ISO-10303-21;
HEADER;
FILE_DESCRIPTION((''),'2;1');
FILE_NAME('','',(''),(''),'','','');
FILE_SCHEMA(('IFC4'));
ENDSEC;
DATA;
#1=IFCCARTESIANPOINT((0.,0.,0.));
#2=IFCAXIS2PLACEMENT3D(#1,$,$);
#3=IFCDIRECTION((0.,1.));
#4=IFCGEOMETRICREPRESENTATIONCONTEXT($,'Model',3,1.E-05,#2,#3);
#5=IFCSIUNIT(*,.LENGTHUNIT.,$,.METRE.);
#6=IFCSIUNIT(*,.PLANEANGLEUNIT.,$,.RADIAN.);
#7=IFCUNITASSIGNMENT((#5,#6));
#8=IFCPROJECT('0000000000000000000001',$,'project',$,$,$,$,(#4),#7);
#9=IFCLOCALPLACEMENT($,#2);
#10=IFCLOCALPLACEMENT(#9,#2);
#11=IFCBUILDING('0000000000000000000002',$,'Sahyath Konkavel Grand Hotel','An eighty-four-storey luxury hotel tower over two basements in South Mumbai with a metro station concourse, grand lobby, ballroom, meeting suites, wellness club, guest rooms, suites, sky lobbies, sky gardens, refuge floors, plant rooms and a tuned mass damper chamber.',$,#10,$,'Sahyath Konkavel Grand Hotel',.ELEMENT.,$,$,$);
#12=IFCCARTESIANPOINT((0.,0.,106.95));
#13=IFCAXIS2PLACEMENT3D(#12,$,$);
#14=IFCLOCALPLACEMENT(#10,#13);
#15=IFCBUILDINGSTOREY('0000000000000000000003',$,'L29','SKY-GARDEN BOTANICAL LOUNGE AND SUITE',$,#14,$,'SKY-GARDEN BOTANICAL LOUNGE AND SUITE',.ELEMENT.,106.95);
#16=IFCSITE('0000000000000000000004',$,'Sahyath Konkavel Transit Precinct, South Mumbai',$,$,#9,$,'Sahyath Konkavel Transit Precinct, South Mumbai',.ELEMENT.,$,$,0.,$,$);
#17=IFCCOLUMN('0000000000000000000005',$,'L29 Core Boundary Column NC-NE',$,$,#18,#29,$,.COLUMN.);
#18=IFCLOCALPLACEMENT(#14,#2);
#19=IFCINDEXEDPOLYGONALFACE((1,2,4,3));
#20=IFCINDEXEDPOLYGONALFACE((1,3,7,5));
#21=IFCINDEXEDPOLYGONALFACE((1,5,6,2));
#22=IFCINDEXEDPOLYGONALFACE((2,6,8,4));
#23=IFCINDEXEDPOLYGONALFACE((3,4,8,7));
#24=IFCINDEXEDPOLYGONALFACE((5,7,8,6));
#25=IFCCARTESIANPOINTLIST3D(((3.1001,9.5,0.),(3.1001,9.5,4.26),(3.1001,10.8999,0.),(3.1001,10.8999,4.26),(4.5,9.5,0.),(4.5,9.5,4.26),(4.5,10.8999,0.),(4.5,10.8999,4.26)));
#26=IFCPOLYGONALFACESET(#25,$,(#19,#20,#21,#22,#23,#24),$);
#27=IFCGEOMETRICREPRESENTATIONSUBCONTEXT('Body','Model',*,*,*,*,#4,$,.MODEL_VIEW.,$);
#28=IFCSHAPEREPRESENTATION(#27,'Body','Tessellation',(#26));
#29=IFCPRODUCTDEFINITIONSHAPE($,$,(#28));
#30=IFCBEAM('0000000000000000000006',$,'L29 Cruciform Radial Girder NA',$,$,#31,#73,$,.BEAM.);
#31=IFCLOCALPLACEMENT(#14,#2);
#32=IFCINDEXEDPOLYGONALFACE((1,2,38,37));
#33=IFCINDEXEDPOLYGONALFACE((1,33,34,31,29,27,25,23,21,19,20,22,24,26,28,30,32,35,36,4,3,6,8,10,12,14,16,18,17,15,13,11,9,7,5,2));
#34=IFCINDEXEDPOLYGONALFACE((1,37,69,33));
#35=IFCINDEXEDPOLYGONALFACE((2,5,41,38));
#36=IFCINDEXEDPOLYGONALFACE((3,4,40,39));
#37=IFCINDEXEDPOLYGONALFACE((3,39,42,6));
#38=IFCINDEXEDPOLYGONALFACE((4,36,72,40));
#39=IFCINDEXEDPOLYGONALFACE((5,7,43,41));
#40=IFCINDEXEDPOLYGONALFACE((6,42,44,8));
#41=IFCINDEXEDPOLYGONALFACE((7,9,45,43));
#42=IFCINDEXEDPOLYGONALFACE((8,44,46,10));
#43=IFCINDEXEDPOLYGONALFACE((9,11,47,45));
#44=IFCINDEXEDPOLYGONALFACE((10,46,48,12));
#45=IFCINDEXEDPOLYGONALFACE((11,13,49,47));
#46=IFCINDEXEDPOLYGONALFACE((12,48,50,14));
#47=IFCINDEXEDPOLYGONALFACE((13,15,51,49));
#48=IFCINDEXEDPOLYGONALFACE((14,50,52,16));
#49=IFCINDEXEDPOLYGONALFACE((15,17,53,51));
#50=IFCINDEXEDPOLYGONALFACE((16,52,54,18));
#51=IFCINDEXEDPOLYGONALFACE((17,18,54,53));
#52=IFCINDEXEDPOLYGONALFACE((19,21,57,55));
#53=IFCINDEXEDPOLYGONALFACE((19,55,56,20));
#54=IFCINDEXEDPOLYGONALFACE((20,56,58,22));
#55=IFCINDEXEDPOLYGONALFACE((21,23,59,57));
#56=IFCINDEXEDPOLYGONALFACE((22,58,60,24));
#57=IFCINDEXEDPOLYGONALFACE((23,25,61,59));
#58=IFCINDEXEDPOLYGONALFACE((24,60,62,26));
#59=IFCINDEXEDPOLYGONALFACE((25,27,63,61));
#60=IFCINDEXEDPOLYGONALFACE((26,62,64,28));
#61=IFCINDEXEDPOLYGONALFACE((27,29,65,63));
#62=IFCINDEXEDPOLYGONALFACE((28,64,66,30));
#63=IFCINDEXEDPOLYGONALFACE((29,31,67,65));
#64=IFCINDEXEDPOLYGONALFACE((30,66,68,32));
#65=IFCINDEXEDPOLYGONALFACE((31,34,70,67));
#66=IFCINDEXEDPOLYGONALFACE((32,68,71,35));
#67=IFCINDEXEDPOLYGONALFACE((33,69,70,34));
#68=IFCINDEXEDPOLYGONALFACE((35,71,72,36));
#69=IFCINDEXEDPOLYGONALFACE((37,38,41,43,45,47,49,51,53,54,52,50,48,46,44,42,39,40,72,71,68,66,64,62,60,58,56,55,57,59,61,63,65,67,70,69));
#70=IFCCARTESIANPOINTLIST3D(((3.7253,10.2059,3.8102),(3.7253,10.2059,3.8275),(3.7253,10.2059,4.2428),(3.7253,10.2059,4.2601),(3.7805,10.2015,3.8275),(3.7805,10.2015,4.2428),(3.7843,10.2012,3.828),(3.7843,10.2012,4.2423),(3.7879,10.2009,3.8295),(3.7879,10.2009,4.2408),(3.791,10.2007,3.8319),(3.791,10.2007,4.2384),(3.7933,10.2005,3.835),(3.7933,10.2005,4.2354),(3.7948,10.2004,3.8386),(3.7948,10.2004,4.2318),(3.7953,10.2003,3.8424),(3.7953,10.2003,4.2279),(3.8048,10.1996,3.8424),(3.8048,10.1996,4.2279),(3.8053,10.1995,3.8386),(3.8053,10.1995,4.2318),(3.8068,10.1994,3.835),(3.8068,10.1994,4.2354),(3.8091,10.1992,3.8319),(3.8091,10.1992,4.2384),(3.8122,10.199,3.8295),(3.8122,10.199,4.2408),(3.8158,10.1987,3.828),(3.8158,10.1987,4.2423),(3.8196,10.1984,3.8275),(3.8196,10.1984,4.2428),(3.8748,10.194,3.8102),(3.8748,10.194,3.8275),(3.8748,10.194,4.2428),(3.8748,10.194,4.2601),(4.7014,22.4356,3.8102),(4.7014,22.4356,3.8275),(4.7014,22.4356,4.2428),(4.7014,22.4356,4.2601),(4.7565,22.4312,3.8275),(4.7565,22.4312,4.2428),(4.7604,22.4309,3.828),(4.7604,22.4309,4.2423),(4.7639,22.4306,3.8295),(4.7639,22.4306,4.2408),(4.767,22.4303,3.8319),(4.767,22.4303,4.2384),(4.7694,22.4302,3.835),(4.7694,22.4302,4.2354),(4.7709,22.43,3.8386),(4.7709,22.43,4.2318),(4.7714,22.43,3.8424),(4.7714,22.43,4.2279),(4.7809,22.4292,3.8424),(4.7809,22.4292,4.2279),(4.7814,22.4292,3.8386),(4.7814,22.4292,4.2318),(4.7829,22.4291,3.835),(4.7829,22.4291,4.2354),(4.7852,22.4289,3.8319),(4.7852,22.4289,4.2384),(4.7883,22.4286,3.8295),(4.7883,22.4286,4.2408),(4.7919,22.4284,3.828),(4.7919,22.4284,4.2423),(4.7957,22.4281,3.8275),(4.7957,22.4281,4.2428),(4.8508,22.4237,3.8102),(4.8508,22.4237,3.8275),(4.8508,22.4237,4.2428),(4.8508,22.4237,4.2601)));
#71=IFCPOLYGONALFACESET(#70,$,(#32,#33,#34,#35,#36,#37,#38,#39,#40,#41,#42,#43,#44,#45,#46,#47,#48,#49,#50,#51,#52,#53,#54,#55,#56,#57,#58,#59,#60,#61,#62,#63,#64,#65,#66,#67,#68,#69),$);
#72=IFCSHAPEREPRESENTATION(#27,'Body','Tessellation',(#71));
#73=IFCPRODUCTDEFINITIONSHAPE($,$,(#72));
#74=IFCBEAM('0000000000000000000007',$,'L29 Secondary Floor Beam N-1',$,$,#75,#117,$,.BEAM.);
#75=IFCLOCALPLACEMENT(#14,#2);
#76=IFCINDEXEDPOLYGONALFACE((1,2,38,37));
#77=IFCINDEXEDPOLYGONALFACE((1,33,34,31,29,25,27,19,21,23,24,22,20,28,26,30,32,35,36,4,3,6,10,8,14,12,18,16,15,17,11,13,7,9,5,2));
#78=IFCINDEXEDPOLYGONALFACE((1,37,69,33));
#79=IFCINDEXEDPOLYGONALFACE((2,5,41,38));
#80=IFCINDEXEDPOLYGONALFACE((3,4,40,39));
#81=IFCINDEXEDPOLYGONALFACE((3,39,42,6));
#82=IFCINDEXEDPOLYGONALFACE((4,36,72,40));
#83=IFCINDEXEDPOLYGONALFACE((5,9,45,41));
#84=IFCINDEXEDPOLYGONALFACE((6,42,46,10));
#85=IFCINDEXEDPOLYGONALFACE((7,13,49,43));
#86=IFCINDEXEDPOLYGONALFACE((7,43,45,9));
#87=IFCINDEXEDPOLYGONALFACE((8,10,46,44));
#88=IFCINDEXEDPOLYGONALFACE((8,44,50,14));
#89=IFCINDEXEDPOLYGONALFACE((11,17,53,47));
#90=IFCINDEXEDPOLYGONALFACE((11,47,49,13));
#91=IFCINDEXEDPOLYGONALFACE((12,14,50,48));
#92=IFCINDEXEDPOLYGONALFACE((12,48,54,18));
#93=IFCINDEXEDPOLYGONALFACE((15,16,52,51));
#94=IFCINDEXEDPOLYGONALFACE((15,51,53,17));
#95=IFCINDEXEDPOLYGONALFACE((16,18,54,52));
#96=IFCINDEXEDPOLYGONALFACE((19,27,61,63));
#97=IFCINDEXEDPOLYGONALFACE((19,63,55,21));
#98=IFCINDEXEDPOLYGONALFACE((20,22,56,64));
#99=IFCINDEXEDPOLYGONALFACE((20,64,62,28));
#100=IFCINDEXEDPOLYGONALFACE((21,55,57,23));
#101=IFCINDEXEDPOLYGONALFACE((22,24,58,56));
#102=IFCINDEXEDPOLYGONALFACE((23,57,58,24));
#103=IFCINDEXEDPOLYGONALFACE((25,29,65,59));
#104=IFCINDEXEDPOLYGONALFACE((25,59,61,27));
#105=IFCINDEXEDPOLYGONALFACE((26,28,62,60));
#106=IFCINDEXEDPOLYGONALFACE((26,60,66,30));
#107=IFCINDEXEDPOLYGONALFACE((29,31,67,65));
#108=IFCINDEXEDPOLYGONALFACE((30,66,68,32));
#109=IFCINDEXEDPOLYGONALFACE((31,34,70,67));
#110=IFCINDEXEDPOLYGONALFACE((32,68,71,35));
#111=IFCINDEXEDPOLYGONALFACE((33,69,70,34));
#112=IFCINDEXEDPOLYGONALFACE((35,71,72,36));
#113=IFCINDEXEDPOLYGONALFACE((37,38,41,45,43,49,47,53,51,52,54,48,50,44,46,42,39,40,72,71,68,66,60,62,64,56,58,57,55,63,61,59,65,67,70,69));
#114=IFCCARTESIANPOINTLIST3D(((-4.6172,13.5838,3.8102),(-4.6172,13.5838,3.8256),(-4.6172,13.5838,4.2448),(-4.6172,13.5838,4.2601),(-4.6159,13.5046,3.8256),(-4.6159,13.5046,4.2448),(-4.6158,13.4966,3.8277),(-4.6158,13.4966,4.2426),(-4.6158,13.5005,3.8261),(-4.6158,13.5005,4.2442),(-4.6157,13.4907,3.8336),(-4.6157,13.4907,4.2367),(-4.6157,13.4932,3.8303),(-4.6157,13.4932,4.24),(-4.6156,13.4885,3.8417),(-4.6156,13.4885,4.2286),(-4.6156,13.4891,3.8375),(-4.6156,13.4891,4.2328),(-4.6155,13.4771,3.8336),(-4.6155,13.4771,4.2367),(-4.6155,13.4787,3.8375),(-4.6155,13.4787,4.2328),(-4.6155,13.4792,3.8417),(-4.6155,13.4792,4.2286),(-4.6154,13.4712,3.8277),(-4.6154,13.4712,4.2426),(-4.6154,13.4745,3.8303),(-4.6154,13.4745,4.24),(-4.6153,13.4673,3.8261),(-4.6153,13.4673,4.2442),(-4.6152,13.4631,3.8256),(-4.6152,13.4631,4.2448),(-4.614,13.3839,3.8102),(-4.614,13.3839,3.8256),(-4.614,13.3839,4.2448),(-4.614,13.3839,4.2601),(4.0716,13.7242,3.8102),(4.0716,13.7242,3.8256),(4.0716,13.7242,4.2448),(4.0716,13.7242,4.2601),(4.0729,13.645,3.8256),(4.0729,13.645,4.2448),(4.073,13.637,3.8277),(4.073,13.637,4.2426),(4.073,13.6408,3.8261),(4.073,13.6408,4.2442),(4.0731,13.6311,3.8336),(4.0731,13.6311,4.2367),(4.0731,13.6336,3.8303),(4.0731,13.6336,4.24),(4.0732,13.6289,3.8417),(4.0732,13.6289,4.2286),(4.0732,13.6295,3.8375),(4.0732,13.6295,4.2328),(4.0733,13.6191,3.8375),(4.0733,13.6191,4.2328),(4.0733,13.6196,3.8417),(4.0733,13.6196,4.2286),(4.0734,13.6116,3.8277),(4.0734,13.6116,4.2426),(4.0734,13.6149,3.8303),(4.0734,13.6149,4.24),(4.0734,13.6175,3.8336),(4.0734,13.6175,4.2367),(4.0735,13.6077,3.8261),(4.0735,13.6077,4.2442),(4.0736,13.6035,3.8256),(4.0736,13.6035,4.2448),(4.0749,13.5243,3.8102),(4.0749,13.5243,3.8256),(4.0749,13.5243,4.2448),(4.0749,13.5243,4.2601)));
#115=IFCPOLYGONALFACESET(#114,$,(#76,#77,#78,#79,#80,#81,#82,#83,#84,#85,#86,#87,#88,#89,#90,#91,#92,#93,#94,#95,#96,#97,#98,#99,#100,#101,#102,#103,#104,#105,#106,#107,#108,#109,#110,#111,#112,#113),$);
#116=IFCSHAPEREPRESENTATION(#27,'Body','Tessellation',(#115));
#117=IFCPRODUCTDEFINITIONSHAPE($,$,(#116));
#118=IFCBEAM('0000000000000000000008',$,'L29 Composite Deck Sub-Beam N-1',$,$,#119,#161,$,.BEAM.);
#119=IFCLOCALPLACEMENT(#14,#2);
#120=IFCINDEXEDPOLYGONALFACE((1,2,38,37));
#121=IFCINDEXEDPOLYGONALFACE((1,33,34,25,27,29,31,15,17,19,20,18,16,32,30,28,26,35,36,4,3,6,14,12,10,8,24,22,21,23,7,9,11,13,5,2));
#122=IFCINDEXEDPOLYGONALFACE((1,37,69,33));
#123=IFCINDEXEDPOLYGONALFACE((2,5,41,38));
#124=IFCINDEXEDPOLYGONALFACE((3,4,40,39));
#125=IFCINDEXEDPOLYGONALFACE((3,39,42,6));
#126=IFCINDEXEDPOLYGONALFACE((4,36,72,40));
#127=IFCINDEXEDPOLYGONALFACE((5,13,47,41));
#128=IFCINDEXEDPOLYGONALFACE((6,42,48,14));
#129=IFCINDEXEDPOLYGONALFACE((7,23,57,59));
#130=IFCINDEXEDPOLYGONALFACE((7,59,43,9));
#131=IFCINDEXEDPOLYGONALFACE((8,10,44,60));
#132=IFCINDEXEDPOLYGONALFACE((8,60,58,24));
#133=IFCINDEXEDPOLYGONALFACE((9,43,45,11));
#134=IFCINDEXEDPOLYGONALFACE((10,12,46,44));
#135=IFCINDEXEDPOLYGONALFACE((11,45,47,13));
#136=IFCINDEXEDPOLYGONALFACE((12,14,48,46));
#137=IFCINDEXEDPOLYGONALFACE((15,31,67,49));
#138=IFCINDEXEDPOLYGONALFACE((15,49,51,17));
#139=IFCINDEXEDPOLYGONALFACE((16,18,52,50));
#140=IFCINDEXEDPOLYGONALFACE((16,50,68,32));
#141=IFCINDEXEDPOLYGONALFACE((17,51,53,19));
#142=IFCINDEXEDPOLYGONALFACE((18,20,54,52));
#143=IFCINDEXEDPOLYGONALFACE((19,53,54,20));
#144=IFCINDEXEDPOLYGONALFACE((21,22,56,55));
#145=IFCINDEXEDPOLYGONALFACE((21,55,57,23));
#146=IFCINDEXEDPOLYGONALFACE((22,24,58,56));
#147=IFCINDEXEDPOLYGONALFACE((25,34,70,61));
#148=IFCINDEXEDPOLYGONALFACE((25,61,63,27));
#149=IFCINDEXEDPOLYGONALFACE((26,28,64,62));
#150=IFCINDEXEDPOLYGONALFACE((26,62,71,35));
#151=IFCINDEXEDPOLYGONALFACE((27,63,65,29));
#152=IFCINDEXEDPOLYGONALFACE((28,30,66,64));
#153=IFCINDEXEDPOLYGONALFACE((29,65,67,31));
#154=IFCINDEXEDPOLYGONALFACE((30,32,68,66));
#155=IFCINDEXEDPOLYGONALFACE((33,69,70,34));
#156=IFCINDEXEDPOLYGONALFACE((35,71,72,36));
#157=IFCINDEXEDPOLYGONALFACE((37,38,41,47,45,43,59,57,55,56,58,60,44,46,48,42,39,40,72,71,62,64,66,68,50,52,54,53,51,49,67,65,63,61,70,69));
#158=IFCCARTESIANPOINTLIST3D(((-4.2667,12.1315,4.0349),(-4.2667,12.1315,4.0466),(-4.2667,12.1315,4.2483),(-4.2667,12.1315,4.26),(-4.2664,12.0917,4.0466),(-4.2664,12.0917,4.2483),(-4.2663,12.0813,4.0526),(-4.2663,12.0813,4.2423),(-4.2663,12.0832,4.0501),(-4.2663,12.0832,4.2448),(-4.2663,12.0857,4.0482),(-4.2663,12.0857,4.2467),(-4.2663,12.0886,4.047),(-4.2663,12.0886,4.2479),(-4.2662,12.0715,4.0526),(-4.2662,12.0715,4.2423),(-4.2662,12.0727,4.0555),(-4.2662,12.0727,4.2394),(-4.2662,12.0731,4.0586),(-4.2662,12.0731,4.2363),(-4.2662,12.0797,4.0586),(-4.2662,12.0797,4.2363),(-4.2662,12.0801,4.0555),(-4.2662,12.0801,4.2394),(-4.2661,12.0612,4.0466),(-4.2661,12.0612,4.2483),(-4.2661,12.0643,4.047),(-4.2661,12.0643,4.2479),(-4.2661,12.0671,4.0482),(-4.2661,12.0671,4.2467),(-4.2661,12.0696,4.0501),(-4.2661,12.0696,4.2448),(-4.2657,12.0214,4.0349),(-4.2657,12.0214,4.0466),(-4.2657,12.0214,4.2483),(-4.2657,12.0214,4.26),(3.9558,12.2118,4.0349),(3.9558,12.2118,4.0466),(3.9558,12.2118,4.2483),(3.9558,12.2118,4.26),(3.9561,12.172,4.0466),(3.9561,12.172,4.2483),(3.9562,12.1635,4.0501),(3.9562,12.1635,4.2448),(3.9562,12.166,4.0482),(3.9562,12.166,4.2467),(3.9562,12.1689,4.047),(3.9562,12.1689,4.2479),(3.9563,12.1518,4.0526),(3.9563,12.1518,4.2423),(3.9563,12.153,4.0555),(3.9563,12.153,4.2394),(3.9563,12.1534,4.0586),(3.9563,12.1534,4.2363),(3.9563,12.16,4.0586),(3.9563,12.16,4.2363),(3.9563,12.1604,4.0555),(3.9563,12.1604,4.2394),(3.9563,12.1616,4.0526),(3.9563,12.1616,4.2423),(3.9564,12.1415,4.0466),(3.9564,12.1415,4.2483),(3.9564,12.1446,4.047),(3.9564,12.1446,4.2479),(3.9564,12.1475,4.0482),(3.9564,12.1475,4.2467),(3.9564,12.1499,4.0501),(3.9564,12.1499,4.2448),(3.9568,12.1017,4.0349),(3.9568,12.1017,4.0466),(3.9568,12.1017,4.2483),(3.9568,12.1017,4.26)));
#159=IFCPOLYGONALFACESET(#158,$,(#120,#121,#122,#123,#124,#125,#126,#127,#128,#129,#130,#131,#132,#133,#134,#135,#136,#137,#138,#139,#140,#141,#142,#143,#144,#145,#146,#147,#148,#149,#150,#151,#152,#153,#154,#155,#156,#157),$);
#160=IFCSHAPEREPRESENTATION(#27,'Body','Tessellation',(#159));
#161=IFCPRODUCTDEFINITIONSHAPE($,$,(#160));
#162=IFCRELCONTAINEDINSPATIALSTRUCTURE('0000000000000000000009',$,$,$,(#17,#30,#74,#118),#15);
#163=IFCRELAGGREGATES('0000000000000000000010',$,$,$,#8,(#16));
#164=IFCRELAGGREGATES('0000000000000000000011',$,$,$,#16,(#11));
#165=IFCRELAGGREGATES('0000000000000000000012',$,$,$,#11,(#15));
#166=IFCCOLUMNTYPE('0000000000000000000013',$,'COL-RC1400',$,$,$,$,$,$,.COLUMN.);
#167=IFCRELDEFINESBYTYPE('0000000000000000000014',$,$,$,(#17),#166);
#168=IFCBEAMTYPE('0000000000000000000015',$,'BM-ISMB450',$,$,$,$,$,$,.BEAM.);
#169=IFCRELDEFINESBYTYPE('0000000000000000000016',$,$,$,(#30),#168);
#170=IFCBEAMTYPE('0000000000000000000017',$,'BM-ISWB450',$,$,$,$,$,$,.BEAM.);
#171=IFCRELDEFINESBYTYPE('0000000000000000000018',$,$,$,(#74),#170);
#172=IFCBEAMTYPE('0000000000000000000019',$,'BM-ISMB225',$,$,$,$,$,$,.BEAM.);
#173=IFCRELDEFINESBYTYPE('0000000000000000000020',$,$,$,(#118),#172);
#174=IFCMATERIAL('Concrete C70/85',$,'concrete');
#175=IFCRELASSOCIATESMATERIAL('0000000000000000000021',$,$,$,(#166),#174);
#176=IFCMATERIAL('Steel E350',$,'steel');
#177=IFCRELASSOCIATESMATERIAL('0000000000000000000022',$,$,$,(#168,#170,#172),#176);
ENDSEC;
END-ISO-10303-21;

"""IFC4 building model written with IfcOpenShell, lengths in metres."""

from ifc_helpers import new_model, si_unit, direction, frame, origin, origin_2d, place, context, subcontext, project, spatial, rectangle, i_section, extrude, source, transform, mapped, material, material_profile, profile_set, type_object, element, save


model = new_model("IFC4")

# Units and contexts
model_context = context("Model", 3, precision=1e-05, world=origin(), true_north=direction((0.0, 1.0)))
body_context = subcontext(model_context, "Body", "Model", "MODEL_VIEW")
ifc_project = project(units=[si_unit("LENGTHUNIT", "METRE"), si_unit("PLANEANGLEUNIT", "RADIAN")], contexts=[model_context])

# Site, building, storey
site_placement = place(None, origin())
site = spatial("IfcSite", under=ifc_project, at=site_placement, Name="Sahyath Konkavel Transit Precinct, South Mumbai", LongName="Sahyath Konkavel Transit Precinct, South Mumbai", CompositionType="ELEMENT", RefElevation=0.0)
building_placement = place(site_placement, origin())
building = spatial("IfcBuilding", under=site, at=building_placement, Name="Sahyath Konkavel Grand Hotel", Description="An eighty-four-storey luxury hotel tower over two basements in South Mumbai with a metro station concourse, grand lobby, ballroom, meeting suites, wellness club, guest rooms, suites, sky lobbies, sky gardens, refuge floors, plant rooms and a tuned mass damper chamber.", LongName="Sahyath Konkavel Grand Hotel", CompositionType="ELEMENT")
storey_placement = place(building_placement, frame((0.0, 0.0, 106.95)))
storey = spatial("IfcBuildingStorey", under=building, at=storey_placement, Name="L29", Description="SKY-GARDEN BOTANICAL LOUNGE AND SUITE", LongName="SKY-GARDEN BOTANICAL LOUNGE AND SUITE", CompositionType="ELEMENT", Elevation=106.95)

# Column
ifc_material_1 = material(Name="Concrete C70/85", Category="concrete")
ifc_material_profile_1 = material_profile(ifc_material_1, rectangle(XDim=1.3999, YDim=1.3999, at=origin_2d()), Name="RC 1400x1400")
ifc_profile_set_1 = profile_set([ifc_material_profile_1], Name="Concrete C70/85")
column_type = type_object("IfcColumnType", Name="COL-RC1400", PredefinedType="COLUMN", material=ifc_profile_set_1)
shared_shape_1 = source(origin(), body_context, "Body", "SweptSolid", [
    extrude(rectangle(XDim=1.3999, YDim=1.3999, at=origin_2d()), origin(), (0.0, 0.0, 1.0), 4.26),
])
column_placement = place(storey_placement, frame((3.8, 10.2, 0.0), z_axis=(0.0, 0.0, 1.0), x_axis=(1.0, 0.0, 0.0)))
element("IfcColumn", 1, at=column_placement, inside=storey, type_object=column_type, Name="L29 Core Boundary Column NC-NE", PredefinedType="COLUMN", context=body_context, shape_type="MappedRepresentation", body=[
    mapped(shared_shape_1, transform((0.0, 0.0, 0.0), scale=1.0)),
])

# Beams
ifc_material_2 = material(Name="Steel E350", Category="steel")
ifc_material_profile_2 = material_profile(ifc_material_2, i_section(OverallWidth=0.1499, OverallDepth=0.45, WebThickness=0.0095, FlangeThickness=0.0173, FilletRadius=0.0149, at=origin_2d()), Name="ISMB 450")
ifc_profile_set_2 = profile_set([ifc_material_profile_2], Name="Steel E350")
beam_type_1 = type_object("IfcBeamType", Name="BM-ISMB450", PredefinedType="BEAM", material=ifc_profile_set_2)
shared_shape_2 = source(origin(), body_context, "Body", "SweptSolid", [
    extrude(i_section(OverallWidth=0.1499, OverallDepth=0.45, WebThickness=0.0095, FlangeThickness=0.0173, FilletRadius=0.0149, at=origin_2d()), origin(), (0.0, 0.0, 1.0), 12.2686),
])
beam_1_placement = place(storey_placement, frame((3.8, 10.2, 4.0352), z_axis=(0.079559, 0.99683, 0.0), x_axis=(-0.99683, 0.079559, 0.0)))
element("IfcBeam", 2, at=beam_1_placement, inside=storey, type_object=beam_type_1, Name="L29 Cruciform Radial Girder NA", PredefinedType="BEAM", context=body_context, shape_type="MappedRepresentation", body=[
    mapped(shared_shape_2, transform((0.0, 0.0, 0.0), scale=1.0)),
])
ifc_material_profile_3 = material_profile(ifc_material_2, i_section(OverallWidth=0.2, OverallDepth=0.45, WebThickness=0.0093, FlangeThickness=0.0154, FilletRadius=0.0161, at=origin_2d()), Name="ISWB 450")
ifc_profile_set_3 = profile_set([ifc_material_profile_3], Name="Steel E350")
beam_type_2 = type_object("IfcBeamType", Name="BM-ISWB450", PredefinedType="BEAM", material=ifc_profile_set_3)
shared_shape_3 = source(origin(), body_context, "Body", "SweptSolid", [
    extrude(i_section(OverallWidth=0.2, OverallDepth=0.45, WebThickness=0.0093, FlangeThickness=0.0154, FilletRadius=0.0161, at=origin_2d()), origin(), (0.0, 0.0, 1.0), 8.6899),
])
beam_2_placement = place(storey_placement, frame((4.0732, 13.6243, 4.0352), z_axis=(-0.99987, -0.016155, 0.0), x_axis=(0.016155, -0.99987, 0.0)))
element("IfcBeam", 3, at=beam_2_placement, inside=storey, type_object=beam_type_2, Name="L29 Secondary Floor Beam N-1", PredefinedType="BEAM", context=body_context, shape_type="MappedRepresentation", body=[
    mapped(shared_shape_3, transform((0.0, 0.0, 0.0), scale=1.0)),
])
ifc_material_profile_4 = material_profile(ifc_material_2, i_section(OverallWidth=0.1101, OverallDepth=0.2251, WebThickness=0.0066, FlangeThickness=0.0117, FilletRadius=0.012, at=origin_2d()), Name="ISMB 225")
ifc_profile_set_4 = profile_set([ifc_material_profile_4], Name="Steel E350")
beam_type_3 = type_object("IfcBeamType", Name="BM-ISMB225", PredefinedType="BEAM", material=ifc_profile_set_4)
shared_shape_4 = source(origin(), body_context, "Body", "SweptSolid", [
    extrude(i_section(OverallWidth=0.1101, OverallDepth=0.2251, WebThickness=0.0066, FlangeThickness=0.0117, FilletRadius=0.012, at=origin_2d()), origin(), (0.0, 0.0, 1.0), 8.2229),
])
beam_3_placement = place(storey_placement, frame((3.9563, 12.1567, 4.1475), z_axis=(-0.999952, -0.009768, 0.0), x_axis=(0.009768, -0.999952, 0.0)))
element("IfcBeam", 4, at=beam_3_placement, inside=storey, type_object=beam_type_3, Name="L29 Composite Deck Sub-Beam N-1", PredefinedType="BEAM", context=body_context, shape_type="MappedRepresentation", body=[
    mapped(shared_shape_4, transform((0.0, 0.0, 0.0), scale=1.0)),
])

save(model, "model.ifc")
